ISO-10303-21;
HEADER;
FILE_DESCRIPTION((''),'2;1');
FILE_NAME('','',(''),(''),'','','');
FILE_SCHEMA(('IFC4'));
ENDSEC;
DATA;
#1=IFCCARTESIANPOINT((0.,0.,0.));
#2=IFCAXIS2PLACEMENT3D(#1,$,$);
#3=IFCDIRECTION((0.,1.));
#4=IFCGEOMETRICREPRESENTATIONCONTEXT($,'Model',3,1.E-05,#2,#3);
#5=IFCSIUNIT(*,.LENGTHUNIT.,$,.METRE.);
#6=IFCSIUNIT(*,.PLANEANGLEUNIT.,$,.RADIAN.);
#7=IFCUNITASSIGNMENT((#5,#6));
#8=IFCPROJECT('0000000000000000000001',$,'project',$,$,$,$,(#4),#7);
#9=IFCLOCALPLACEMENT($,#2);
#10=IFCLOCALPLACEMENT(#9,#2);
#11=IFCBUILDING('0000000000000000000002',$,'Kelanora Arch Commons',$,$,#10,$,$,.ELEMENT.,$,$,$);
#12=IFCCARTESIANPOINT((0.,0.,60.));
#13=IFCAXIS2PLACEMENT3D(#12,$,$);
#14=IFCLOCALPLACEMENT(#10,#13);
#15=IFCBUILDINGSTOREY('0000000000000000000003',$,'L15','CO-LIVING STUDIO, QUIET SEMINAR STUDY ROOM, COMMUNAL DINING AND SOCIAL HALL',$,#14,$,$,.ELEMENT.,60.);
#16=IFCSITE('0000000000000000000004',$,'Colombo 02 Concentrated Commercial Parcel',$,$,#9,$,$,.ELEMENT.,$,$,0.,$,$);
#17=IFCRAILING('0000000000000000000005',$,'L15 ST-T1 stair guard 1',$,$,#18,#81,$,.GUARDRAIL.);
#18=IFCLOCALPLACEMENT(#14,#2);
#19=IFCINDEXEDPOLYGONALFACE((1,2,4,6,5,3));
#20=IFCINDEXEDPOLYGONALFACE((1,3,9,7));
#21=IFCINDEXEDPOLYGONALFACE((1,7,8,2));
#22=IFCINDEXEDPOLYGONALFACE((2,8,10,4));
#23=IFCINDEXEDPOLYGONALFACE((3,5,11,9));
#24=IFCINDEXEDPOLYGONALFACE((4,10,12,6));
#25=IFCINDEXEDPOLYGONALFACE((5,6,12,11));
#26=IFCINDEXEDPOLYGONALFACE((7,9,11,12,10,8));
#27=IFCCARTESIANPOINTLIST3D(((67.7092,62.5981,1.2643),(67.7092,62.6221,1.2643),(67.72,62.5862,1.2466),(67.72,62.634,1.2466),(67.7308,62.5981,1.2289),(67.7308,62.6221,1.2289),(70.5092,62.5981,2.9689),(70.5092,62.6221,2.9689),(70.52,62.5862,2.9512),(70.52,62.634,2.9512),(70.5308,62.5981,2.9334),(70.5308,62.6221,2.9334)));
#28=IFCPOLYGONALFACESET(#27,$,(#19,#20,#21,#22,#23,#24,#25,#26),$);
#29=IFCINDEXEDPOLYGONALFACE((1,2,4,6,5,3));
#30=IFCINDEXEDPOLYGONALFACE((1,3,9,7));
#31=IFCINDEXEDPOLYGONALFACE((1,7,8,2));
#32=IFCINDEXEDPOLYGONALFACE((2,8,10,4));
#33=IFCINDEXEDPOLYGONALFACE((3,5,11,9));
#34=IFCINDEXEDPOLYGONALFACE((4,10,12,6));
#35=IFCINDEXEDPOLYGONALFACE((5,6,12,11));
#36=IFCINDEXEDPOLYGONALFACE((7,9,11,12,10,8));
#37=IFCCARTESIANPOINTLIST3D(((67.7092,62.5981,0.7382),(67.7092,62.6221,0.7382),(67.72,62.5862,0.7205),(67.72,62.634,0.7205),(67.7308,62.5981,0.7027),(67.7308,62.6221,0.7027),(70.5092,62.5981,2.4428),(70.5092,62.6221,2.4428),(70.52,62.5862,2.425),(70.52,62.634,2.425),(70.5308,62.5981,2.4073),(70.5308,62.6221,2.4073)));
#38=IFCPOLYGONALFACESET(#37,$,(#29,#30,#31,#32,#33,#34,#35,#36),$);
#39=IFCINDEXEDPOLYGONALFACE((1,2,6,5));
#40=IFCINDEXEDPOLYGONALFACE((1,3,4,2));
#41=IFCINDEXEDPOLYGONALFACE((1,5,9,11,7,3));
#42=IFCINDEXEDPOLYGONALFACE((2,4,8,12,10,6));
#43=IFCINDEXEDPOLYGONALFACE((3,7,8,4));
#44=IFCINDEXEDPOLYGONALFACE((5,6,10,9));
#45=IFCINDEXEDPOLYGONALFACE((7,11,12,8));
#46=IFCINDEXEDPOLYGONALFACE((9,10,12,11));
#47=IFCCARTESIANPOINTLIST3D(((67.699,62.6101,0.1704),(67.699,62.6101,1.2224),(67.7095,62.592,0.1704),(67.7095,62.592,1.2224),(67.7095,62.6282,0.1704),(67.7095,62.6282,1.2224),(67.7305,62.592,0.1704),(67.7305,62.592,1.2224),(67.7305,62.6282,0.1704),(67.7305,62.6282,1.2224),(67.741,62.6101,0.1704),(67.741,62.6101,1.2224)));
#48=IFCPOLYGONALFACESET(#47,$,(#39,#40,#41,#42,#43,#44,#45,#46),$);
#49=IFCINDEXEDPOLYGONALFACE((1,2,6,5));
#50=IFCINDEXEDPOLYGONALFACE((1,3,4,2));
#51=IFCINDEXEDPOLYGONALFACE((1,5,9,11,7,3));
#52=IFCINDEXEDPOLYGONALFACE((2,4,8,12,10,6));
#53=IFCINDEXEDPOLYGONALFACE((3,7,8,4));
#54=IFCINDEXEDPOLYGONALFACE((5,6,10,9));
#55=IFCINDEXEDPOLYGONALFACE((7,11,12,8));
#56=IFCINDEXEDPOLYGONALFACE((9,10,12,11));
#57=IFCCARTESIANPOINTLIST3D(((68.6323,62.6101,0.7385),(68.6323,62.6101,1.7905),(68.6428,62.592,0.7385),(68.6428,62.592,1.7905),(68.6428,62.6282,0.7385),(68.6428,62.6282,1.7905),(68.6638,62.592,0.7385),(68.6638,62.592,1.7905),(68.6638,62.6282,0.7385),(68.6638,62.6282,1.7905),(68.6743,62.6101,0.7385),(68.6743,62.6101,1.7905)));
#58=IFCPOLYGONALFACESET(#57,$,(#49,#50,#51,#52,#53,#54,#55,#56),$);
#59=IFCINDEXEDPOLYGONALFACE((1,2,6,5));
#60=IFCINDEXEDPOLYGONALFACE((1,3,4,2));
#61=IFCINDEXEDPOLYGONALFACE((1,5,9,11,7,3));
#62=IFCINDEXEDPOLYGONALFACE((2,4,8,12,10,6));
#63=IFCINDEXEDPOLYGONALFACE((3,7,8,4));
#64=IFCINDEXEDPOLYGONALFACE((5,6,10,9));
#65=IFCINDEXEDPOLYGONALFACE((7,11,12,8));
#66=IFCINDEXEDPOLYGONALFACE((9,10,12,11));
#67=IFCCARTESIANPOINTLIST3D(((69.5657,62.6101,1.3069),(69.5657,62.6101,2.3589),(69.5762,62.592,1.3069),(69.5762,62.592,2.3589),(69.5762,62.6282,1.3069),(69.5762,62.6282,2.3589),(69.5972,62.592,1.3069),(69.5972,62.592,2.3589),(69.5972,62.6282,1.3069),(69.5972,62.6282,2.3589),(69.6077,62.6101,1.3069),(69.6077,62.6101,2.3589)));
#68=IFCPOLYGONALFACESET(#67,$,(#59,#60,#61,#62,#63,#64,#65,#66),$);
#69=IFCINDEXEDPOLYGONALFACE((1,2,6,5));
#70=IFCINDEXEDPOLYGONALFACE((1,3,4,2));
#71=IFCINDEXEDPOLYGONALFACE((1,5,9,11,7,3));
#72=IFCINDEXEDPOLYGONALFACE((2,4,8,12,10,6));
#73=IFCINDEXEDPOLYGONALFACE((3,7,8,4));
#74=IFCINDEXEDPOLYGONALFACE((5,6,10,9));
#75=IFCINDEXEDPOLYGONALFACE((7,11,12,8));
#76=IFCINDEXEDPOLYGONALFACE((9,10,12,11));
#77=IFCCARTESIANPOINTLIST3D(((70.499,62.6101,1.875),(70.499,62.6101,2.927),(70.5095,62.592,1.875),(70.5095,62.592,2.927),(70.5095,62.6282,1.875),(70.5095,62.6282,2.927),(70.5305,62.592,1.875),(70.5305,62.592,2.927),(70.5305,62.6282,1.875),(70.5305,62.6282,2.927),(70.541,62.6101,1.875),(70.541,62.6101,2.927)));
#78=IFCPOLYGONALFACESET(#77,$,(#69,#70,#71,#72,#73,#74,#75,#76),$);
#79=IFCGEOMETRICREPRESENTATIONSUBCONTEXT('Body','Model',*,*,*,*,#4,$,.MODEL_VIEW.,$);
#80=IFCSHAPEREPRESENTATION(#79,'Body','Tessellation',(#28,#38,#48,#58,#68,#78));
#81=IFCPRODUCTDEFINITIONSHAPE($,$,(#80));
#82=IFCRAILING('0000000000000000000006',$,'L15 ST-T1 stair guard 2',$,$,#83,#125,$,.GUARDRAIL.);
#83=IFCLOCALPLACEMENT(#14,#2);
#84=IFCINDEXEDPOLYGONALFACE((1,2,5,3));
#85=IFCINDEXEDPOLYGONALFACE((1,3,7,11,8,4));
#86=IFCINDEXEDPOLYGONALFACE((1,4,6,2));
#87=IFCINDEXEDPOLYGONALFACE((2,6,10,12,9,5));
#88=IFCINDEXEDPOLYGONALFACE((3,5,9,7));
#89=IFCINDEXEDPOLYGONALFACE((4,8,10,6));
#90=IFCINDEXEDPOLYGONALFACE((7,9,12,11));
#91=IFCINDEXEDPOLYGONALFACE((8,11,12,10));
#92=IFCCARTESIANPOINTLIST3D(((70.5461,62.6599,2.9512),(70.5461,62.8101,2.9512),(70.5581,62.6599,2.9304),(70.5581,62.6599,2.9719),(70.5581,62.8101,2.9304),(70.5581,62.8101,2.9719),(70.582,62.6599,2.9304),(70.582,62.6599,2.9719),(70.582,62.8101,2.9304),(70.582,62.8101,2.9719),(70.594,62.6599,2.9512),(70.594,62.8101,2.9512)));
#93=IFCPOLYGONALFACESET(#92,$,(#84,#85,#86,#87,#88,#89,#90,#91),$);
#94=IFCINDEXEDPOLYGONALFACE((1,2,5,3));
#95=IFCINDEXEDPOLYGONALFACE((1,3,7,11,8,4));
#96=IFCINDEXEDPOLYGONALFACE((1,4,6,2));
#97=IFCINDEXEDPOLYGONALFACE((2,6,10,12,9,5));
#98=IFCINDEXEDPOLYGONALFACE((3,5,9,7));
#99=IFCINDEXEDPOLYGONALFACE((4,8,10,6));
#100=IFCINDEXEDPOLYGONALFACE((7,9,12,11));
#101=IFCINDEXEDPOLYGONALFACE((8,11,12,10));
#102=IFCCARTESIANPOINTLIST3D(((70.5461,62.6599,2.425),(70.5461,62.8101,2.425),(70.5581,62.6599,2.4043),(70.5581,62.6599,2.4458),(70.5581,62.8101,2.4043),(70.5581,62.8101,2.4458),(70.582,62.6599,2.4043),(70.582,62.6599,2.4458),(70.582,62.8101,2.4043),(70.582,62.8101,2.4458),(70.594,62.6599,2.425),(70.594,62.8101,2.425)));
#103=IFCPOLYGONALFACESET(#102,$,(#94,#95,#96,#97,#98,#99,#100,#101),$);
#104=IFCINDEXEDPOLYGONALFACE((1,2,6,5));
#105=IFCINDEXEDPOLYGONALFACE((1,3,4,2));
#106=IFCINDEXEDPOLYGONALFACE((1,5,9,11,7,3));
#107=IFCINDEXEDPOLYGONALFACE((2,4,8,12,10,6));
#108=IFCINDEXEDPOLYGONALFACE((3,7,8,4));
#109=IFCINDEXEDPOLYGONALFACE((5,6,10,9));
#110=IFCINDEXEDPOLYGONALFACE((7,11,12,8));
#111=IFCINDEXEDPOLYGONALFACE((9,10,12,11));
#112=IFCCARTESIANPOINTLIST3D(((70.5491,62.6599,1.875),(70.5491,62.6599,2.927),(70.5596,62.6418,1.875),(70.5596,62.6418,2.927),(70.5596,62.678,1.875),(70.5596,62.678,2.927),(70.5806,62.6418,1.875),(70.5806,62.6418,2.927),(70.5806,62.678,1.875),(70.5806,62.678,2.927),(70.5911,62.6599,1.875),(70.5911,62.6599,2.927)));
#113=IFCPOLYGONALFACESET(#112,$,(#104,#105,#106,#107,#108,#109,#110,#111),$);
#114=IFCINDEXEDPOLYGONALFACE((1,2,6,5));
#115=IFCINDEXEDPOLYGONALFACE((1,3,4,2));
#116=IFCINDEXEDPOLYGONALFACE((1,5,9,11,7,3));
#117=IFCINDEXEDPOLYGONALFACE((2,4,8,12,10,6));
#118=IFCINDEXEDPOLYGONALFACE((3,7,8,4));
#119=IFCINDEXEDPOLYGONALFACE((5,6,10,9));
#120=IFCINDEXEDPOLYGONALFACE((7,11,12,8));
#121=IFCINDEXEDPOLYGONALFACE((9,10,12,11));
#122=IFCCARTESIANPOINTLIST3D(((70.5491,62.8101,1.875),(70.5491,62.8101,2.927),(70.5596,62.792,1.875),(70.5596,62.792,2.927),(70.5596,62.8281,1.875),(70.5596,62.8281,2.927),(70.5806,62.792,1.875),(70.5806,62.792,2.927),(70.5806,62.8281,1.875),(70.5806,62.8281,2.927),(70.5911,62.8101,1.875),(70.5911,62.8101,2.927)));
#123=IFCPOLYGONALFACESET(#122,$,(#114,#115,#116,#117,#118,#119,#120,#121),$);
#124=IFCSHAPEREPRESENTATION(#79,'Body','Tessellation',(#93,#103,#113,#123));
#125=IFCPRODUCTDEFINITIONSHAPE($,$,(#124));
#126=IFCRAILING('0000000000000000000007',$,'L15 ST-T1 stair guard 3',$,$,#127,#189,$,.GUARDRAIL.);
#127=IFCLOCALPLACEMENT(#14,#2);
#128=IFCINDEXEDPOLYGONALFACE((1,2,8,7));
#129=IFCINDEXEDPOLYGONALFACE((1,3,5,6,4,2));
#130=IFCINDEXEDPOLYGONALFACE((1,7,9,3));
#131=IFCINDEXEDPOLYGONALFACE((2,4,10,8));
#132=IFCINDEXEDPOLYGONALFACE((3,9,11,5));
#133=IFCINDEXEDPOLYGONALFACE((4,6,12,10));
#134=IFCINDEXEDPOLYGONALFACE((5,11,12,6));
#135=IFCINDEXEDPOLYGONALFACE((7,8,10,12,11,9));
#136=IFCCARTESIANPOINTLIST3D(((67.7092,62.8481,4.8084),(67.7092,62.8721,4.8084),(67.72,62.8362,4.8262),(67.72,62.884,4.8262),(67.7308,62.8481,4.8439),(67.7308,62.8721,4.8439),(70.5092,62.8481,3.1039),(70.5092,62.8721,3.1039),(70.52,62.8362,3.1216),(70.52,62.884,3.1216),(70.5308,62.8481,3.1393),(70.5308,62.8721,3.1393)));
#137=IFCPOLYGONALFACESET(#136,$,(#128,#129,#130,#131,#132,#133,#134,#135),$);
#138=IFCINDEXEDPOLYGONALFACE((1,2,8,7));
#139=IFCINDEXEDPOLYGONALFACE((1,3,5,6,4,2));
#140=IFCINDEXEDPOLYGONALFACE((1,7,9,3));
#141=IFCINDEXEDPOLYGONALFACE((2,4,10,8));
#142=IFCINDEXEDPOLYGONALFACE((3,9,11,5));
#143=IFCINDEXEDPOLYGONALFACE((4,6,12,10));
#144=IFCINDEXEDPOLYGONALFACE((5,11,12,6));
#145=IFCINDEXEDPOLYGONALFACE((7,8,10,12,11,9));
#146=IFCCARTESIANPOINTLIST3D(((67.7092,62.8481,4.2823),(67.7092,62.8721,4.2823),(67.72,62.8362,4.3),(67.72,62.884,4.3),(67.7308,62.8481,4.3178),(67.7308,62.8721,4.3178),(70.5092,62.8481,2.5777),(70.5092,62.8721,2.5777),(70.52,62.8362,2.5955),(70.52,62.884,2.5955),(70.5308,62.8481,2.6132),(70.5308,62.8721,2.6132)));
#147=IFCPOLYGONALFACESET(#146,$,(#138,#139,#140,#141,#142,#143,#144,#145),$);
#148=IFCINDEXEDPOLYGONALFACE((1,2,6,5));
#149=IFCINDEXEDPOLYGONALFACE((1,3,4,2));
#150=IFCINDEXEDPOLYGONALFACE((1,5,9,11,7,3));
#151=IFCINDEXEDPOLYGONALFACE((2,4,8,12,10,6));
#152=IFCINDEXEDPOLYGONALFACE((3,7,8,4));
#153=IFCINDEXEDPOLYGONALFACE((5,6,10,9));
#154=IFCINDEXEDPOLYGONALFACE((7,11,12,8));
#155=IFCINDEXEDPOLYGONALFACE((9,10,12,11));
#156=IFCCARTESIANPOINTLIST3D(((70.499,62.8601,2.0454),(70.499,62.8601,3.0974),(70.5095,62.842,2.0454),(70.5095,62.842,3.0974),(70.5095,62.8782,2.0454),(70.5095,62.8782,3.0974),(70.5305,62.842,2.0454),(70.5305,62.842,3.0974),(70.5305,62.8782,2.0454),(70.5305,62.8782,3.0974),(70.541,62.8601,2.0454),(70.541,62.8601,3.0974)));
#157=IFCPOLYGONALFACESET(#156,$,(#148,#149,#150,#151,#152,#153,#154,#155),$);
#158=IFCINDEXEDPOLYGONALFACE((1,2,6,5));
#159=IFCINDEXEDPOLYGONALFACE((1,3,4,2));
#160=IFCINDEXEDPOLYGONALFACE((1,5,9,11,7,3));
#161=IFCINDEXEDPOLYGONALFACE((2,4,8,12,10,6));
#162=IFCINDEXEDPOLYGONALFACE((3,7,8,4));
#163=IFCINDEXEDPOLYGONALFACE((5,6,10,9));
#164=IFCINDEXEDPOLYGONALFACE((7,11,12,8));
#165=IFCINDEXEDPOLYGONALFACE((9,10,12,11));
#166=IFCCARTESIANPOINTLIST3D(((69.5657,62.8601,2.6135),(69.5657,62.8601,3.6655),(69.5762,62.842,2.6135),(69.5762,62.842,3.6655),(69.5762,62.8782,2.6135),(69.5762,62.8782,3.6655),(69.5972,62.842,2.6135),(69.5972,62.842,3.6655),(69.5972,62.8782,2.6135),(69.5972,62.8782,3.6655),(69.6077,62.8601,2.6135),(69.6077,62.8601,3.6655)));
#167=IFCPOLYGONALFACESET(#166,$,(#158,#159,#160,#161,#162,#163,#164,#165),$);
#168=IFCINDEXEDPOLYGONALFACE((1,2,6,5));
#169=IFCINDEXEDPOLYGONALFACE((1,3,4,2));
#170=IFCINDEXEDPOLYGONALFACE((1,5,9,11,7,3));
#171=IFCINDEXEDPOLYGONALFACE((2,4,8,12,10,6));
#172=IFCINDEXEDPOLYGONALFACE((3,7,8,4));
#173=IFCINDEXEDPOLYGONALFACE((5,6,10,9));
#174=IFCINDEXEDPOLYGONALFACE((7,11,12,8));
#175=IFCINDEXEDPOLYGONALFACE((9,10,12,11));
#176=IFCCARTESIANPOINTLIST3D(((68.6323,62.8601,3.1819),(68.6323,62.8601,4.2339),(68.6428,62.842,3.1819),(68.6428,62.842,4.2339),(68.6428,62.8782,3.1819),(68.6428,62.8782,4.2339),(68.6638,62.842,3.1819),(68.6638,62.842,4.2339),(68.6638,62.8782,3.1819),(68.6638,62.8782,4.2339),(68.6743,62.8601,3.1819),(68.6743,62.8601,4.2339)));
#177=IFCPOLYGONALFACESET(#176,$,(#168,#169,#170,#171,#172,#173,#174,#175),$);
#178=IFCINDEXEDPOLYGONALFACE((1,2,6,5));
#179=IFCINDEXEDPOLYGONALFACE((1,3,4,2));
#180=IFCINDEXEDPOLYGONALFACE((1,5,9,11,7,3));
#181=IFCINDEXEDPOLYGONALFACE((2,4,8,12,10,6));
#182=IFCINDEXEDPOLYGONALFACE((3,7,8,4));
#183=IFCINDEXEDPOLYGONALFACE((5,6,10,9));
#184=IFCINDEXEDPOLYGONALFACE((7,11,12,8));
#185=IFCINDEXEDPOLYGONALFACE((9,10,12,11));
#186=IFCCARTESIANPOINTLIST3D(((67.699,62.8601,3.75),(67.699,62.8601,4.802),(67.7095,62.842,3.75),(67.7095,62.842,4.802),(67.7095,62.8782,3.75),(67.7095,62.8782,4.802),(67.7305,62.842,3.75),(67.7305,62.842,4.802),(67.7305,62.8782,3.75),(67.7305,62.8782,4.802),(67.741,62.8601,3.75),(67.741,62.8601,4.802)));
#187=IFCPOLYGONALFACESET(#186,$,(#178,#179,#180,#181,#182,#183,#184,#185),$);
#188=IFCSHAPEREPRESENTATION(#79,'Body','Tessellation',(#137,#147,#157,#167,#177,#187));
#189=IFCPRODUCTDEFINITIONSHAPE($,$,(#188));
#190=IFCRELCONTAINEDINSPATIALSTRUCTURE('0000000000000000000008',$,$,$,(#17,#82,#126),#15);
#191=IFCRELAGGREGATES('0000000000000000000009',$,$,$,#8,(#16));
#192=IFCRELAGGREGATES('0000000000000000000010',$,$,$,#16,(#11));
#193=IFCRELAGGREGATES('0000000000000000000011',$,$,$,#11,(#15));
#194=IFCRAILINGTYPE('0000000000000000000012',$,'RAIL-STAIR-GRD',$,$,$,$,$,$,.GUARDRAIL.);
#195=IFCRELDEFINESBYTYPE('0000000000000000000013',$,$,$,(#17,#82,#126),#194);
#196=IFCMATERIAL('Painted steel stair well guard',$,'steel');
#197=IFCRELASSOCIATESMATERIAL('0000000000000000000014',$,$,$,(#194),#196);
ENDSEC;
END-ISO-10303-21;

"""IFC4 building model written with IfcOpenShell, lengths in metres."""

from ifc_helpers import new_model, si_unit, direction, frame, origin, place, context, subcontext, project, spatial, polyline, outline, extrude, material, type_object, element, save


model = new_model("IFC4")

# Units and contexts
model_context = context("Model", 3, precision=1e-05, world=origin(), true_north=direction((0.0, 1.0)))
body_context = subcontext(model_context, "Body", "Model", "MODEL_VIEW")
ifc_project = project(units=[si_unit("LENGTHUNIT", "METRE"), si_unit("PLANEANGLEUNIT", "RADIAN")], contexts=[model_context])

# Site, building, storey
site_placement = place(None, origin())
site = spatial("IfcSite", under=ifc_project, at=site_placement, Name="Colombo 02 Concentrated Commercial Parcel", CompositionType="ELEMENT", RefElevation=0.0)
building_placement = place(site_placement, origin())
building = spatial("IfcBuilding", under=site, at=building_placement, Name="Kelanora Arch Commons", CompositionType="ELEMENT")
storey_placement = place(building_placement, frame((0.0, 0.0, 60.0)))
storey = spatial("IfcBuildingStorey", under=building, at=storey_placement, Name="L15", Description="CO-LIVING STUDIO, QUIET SEMINAR STUDY ROOM, COMMUNAL DINING AND SOCIAL HALL", CompositionType="ELEMENT", Elevation=60.0)

# Railings
ifc_material_1 = material(Name="Painted steel stair well guard", Category="steel")
railing_type_1 = type_object("IfcRailingType", Name="RAIL-STAIR-GRD", PredefinedType="GUARDRAIL", material=ifc_material_1)
railing_1_placement = place(storey_placement, frame((67.72, 62.6101, 0.1704)))
element("IfcRailing", 1, at=railing_1_placement, inside=storey, type_object=railing_type_1, Name="L15 ST-T1 stair guard 1", PredefinedType="GUARDRAIL", context=body_context, shape_type="SweptSolid", body=[
    extrude(outline(polyline([(0.0239, 0.0), (0.012, 0.0208), (-0.012, 0.0208), (-0.0239, 0.0), (-0.012, -0.0208), (0.012, -0.0208), (0.0239, 0.0)])), frame((0.0, 0.0, 1.0762), z_axis=(0.85417, 0.0, 0.519994), x_axis=(0.0, 1.0, 0.0)), (0.0, 0.0, 1.0), 3.2781),
    extrude(outline(polyline([(0.0239, 0.0), (0.012, 0.0208), (-0.012, 0.0208), (-0.0239, 0.0), (-0.012, -0.0208), (0.012, -0.0208), (0.0239, 0.0)])), frame((0.0, 0.0, 0.55), z_axis=(0.85417, 0.0, 0.519994), x_axis=(0.0, 1.0, 0.0)), (0.0, 0.0, 1.0), 3.2781),
    extrude(outline(polyline([(0.021, 0.0), (0.0105, 0.0181), (-0.0105, 0.0181), (-0.021, 0.0), (-0.0105, -0.0181), (0.0105, -0.0181), (0.021, 0.0)])), origin(), (0.0, 0.0, 1.0), 1.052),
    extrude(outline(polyline([(0.021, 0.0), (0.0105, 0.0181), (-0.0105, 0.0181), (-0.021, 0.0), (-0.0105, -0.0181), (0.0105, -0.0181), (0.021, 0.0)])), frame((0.9333, 0.0, 0.5681)), (0.0, 0.0, 1.0), 1.052),
    extrude(outline(polyline([(0.021, 0.0), (0.0105, 0.0181), (-0.0105, 0.0181), (-0.021, 0.0), (-0.0105, -0.0181), (0.0105, -0.0181), (0.021, 0.0)])), frame((1.8667, 0.0, 1.1365)), (0.0, 0.0, 1.0), 1.052),
    extrude(outline(polyline([(0.021, 0.0), (0.0105, 0.0181), (-0.0105, 0.0181), (-0.021, 0.0), (-0.0105, -0.0181), (0.0105, -0.0181), (0.021, 0.0)])), frame((2.8, 0.0, 1.7046)), (0.0, 0.0, 1.0), 1.052),
])
railing_2_placement = place(storey_placement, frame((70.5701, 62.6599, 1.875)))
element("IfcRailing", 2, at=railing_2_placement, inside=storey, type_object=railing_type_1, Name="L15 ST-T1 stair guard 2", PredefinedType="GUARDRAIL", context=body_context, shape_type="SweptSolid", body=[
    extrude(outline(polyline([(0.0239, 0.0), (0.012, 0.0208), (-0.012, 0.0208), (-0.0239, 0.0), (-0.012, -0.0208), (0.012, -0.0208), (0.0239, 0.0)])), frame((0.0, 0.0, 1.0762), z_axis=(0.0, 1.0, 0.0), x_axis=(-1.0, 0.0, 0.0)), (0.0, 0.0, 1.0), 0.1501),
    extrude(outline(polyline([(0.0239, 0.0), (0.012, 0.0208), (-0.012, 0.0208), (-0.0239, 0.0), (-0.012, -0.0208), (0.012, -0.0208), (0.0239, 0.0)])), frame((0.0, 0.0, 0.55), z_axis=(0.0, 1.0, 0.0), x_axis=(-1.0, 0.0, 0.0)), (0.0, 0.0, 1.0), 0.1501),
    extrude(outline(polyline([(0.021, 0.0), (0.0105, 0.0181), (-0.0105, 0.0181), (-0.021, 0.0), (-0.0105, -0.0181), (0.0105, -0.0181), (0.021, 0.0)])), origin(), (0.0, 0.0, 1.0), 1.052),
    extrude(outline(polyline([(0.021, 0.0), (0.0105, 0.0181), (-0.0105, 0.0181), (-0.021, 0.0), (-0.0105, -0.0181), (0.0105, -0.0181), (0.021, 0.0)])), frame((0.0, 0.1501, 0.0)), (0.0, 0.0, 1.0), 1.052),
])
railing_3_placement = place(storey_placement, frame((70.52, 62.8601, 2.0454)))
element("IfcRailing", 3, at=railing_3_placement, inside=storey, type_object=railing_type_1, Name="L15 ST-T1 stair guard 3", PredefinedType="GUARDRAIL", context=body_context, shape_type="SweptSolid", body=[
    extrude(outline(polyline([(0.0239, 0.0), (0.012, 0.0208), (-0.012, 0.0208), (-0.0239, 0.0), (-0.012, -0.0208), (0.012, -0.0208), (0.0239, 0.0)])), frame((0.0, 0.0, 1.0762), z_axis=(-0.85417, 0.0, 0.519994), x_axis=(0.0, -1.0, 0.0)), (0.0, 0.0, 1.0), 3.2781),
    extrude(outline(polyline([(0.0239, 0.0), (0.012, 0.0208), (-0.012, 0.0208), (-0.0239, 0.0), (-0.012, -0.0208), (0.012, -0.0208), (0.0239, 0.0)])), frame((0.0, 0.0, 0.55), z_axis=(-0.85417, 0.0, 0.519994), x_axis=(0.0, -1.0, 0.0)), (0.0, 0.0, 1.0), 3.2781),
    extrude(outline(polyline([(0.021, 0.0), (0.0105, 0.0181), (-0.0105, 0.0181), (-0.021, 0.0), (-0.0105, -0.0181), (0.0105, -0.0181), (0.021, 0.0)])), origin(), (0.0, 0.0, 1.0), 1.052),
    extrude(outline(polyline([(0.021, 0.0), (0.0105, 0.0181), (-0.0105, 0.0181), (-0.021, 0.0), (-0.0105, -0.0181), (0.0105, -0.0181), (0.021, 0.0)])), frame((-0.9333, 0.0, 0.5681)), (0.0, 0.0, 1.0), 1.052),
    extrude(outline(polyline([(0.021, 0.0), (0.0105, 0.0181), (-0.0105, 0.0181), (-0.021, 0.0), (-0.0105, -0.0181), (0.0105, -0.0181), (0.021, 0.0)])), frame((-1.8667, 0.0, 1.1365)), (0.0, 0.0, 1.0), 1.052),
    extrude(outline(polyline([(0.021, 0.0), (0.0105, 0.0181), (-0.0105, 0.0181), (-0.021, 0.0), (-0.0105, -0.0181), (0.0105, -0.0181), (0.021, 0.0)])), frame((-2.8, 0.0, 1.7046)), (0.0, 0.0, 1.0), 1.052),
])

save(model, "model.ifc")
